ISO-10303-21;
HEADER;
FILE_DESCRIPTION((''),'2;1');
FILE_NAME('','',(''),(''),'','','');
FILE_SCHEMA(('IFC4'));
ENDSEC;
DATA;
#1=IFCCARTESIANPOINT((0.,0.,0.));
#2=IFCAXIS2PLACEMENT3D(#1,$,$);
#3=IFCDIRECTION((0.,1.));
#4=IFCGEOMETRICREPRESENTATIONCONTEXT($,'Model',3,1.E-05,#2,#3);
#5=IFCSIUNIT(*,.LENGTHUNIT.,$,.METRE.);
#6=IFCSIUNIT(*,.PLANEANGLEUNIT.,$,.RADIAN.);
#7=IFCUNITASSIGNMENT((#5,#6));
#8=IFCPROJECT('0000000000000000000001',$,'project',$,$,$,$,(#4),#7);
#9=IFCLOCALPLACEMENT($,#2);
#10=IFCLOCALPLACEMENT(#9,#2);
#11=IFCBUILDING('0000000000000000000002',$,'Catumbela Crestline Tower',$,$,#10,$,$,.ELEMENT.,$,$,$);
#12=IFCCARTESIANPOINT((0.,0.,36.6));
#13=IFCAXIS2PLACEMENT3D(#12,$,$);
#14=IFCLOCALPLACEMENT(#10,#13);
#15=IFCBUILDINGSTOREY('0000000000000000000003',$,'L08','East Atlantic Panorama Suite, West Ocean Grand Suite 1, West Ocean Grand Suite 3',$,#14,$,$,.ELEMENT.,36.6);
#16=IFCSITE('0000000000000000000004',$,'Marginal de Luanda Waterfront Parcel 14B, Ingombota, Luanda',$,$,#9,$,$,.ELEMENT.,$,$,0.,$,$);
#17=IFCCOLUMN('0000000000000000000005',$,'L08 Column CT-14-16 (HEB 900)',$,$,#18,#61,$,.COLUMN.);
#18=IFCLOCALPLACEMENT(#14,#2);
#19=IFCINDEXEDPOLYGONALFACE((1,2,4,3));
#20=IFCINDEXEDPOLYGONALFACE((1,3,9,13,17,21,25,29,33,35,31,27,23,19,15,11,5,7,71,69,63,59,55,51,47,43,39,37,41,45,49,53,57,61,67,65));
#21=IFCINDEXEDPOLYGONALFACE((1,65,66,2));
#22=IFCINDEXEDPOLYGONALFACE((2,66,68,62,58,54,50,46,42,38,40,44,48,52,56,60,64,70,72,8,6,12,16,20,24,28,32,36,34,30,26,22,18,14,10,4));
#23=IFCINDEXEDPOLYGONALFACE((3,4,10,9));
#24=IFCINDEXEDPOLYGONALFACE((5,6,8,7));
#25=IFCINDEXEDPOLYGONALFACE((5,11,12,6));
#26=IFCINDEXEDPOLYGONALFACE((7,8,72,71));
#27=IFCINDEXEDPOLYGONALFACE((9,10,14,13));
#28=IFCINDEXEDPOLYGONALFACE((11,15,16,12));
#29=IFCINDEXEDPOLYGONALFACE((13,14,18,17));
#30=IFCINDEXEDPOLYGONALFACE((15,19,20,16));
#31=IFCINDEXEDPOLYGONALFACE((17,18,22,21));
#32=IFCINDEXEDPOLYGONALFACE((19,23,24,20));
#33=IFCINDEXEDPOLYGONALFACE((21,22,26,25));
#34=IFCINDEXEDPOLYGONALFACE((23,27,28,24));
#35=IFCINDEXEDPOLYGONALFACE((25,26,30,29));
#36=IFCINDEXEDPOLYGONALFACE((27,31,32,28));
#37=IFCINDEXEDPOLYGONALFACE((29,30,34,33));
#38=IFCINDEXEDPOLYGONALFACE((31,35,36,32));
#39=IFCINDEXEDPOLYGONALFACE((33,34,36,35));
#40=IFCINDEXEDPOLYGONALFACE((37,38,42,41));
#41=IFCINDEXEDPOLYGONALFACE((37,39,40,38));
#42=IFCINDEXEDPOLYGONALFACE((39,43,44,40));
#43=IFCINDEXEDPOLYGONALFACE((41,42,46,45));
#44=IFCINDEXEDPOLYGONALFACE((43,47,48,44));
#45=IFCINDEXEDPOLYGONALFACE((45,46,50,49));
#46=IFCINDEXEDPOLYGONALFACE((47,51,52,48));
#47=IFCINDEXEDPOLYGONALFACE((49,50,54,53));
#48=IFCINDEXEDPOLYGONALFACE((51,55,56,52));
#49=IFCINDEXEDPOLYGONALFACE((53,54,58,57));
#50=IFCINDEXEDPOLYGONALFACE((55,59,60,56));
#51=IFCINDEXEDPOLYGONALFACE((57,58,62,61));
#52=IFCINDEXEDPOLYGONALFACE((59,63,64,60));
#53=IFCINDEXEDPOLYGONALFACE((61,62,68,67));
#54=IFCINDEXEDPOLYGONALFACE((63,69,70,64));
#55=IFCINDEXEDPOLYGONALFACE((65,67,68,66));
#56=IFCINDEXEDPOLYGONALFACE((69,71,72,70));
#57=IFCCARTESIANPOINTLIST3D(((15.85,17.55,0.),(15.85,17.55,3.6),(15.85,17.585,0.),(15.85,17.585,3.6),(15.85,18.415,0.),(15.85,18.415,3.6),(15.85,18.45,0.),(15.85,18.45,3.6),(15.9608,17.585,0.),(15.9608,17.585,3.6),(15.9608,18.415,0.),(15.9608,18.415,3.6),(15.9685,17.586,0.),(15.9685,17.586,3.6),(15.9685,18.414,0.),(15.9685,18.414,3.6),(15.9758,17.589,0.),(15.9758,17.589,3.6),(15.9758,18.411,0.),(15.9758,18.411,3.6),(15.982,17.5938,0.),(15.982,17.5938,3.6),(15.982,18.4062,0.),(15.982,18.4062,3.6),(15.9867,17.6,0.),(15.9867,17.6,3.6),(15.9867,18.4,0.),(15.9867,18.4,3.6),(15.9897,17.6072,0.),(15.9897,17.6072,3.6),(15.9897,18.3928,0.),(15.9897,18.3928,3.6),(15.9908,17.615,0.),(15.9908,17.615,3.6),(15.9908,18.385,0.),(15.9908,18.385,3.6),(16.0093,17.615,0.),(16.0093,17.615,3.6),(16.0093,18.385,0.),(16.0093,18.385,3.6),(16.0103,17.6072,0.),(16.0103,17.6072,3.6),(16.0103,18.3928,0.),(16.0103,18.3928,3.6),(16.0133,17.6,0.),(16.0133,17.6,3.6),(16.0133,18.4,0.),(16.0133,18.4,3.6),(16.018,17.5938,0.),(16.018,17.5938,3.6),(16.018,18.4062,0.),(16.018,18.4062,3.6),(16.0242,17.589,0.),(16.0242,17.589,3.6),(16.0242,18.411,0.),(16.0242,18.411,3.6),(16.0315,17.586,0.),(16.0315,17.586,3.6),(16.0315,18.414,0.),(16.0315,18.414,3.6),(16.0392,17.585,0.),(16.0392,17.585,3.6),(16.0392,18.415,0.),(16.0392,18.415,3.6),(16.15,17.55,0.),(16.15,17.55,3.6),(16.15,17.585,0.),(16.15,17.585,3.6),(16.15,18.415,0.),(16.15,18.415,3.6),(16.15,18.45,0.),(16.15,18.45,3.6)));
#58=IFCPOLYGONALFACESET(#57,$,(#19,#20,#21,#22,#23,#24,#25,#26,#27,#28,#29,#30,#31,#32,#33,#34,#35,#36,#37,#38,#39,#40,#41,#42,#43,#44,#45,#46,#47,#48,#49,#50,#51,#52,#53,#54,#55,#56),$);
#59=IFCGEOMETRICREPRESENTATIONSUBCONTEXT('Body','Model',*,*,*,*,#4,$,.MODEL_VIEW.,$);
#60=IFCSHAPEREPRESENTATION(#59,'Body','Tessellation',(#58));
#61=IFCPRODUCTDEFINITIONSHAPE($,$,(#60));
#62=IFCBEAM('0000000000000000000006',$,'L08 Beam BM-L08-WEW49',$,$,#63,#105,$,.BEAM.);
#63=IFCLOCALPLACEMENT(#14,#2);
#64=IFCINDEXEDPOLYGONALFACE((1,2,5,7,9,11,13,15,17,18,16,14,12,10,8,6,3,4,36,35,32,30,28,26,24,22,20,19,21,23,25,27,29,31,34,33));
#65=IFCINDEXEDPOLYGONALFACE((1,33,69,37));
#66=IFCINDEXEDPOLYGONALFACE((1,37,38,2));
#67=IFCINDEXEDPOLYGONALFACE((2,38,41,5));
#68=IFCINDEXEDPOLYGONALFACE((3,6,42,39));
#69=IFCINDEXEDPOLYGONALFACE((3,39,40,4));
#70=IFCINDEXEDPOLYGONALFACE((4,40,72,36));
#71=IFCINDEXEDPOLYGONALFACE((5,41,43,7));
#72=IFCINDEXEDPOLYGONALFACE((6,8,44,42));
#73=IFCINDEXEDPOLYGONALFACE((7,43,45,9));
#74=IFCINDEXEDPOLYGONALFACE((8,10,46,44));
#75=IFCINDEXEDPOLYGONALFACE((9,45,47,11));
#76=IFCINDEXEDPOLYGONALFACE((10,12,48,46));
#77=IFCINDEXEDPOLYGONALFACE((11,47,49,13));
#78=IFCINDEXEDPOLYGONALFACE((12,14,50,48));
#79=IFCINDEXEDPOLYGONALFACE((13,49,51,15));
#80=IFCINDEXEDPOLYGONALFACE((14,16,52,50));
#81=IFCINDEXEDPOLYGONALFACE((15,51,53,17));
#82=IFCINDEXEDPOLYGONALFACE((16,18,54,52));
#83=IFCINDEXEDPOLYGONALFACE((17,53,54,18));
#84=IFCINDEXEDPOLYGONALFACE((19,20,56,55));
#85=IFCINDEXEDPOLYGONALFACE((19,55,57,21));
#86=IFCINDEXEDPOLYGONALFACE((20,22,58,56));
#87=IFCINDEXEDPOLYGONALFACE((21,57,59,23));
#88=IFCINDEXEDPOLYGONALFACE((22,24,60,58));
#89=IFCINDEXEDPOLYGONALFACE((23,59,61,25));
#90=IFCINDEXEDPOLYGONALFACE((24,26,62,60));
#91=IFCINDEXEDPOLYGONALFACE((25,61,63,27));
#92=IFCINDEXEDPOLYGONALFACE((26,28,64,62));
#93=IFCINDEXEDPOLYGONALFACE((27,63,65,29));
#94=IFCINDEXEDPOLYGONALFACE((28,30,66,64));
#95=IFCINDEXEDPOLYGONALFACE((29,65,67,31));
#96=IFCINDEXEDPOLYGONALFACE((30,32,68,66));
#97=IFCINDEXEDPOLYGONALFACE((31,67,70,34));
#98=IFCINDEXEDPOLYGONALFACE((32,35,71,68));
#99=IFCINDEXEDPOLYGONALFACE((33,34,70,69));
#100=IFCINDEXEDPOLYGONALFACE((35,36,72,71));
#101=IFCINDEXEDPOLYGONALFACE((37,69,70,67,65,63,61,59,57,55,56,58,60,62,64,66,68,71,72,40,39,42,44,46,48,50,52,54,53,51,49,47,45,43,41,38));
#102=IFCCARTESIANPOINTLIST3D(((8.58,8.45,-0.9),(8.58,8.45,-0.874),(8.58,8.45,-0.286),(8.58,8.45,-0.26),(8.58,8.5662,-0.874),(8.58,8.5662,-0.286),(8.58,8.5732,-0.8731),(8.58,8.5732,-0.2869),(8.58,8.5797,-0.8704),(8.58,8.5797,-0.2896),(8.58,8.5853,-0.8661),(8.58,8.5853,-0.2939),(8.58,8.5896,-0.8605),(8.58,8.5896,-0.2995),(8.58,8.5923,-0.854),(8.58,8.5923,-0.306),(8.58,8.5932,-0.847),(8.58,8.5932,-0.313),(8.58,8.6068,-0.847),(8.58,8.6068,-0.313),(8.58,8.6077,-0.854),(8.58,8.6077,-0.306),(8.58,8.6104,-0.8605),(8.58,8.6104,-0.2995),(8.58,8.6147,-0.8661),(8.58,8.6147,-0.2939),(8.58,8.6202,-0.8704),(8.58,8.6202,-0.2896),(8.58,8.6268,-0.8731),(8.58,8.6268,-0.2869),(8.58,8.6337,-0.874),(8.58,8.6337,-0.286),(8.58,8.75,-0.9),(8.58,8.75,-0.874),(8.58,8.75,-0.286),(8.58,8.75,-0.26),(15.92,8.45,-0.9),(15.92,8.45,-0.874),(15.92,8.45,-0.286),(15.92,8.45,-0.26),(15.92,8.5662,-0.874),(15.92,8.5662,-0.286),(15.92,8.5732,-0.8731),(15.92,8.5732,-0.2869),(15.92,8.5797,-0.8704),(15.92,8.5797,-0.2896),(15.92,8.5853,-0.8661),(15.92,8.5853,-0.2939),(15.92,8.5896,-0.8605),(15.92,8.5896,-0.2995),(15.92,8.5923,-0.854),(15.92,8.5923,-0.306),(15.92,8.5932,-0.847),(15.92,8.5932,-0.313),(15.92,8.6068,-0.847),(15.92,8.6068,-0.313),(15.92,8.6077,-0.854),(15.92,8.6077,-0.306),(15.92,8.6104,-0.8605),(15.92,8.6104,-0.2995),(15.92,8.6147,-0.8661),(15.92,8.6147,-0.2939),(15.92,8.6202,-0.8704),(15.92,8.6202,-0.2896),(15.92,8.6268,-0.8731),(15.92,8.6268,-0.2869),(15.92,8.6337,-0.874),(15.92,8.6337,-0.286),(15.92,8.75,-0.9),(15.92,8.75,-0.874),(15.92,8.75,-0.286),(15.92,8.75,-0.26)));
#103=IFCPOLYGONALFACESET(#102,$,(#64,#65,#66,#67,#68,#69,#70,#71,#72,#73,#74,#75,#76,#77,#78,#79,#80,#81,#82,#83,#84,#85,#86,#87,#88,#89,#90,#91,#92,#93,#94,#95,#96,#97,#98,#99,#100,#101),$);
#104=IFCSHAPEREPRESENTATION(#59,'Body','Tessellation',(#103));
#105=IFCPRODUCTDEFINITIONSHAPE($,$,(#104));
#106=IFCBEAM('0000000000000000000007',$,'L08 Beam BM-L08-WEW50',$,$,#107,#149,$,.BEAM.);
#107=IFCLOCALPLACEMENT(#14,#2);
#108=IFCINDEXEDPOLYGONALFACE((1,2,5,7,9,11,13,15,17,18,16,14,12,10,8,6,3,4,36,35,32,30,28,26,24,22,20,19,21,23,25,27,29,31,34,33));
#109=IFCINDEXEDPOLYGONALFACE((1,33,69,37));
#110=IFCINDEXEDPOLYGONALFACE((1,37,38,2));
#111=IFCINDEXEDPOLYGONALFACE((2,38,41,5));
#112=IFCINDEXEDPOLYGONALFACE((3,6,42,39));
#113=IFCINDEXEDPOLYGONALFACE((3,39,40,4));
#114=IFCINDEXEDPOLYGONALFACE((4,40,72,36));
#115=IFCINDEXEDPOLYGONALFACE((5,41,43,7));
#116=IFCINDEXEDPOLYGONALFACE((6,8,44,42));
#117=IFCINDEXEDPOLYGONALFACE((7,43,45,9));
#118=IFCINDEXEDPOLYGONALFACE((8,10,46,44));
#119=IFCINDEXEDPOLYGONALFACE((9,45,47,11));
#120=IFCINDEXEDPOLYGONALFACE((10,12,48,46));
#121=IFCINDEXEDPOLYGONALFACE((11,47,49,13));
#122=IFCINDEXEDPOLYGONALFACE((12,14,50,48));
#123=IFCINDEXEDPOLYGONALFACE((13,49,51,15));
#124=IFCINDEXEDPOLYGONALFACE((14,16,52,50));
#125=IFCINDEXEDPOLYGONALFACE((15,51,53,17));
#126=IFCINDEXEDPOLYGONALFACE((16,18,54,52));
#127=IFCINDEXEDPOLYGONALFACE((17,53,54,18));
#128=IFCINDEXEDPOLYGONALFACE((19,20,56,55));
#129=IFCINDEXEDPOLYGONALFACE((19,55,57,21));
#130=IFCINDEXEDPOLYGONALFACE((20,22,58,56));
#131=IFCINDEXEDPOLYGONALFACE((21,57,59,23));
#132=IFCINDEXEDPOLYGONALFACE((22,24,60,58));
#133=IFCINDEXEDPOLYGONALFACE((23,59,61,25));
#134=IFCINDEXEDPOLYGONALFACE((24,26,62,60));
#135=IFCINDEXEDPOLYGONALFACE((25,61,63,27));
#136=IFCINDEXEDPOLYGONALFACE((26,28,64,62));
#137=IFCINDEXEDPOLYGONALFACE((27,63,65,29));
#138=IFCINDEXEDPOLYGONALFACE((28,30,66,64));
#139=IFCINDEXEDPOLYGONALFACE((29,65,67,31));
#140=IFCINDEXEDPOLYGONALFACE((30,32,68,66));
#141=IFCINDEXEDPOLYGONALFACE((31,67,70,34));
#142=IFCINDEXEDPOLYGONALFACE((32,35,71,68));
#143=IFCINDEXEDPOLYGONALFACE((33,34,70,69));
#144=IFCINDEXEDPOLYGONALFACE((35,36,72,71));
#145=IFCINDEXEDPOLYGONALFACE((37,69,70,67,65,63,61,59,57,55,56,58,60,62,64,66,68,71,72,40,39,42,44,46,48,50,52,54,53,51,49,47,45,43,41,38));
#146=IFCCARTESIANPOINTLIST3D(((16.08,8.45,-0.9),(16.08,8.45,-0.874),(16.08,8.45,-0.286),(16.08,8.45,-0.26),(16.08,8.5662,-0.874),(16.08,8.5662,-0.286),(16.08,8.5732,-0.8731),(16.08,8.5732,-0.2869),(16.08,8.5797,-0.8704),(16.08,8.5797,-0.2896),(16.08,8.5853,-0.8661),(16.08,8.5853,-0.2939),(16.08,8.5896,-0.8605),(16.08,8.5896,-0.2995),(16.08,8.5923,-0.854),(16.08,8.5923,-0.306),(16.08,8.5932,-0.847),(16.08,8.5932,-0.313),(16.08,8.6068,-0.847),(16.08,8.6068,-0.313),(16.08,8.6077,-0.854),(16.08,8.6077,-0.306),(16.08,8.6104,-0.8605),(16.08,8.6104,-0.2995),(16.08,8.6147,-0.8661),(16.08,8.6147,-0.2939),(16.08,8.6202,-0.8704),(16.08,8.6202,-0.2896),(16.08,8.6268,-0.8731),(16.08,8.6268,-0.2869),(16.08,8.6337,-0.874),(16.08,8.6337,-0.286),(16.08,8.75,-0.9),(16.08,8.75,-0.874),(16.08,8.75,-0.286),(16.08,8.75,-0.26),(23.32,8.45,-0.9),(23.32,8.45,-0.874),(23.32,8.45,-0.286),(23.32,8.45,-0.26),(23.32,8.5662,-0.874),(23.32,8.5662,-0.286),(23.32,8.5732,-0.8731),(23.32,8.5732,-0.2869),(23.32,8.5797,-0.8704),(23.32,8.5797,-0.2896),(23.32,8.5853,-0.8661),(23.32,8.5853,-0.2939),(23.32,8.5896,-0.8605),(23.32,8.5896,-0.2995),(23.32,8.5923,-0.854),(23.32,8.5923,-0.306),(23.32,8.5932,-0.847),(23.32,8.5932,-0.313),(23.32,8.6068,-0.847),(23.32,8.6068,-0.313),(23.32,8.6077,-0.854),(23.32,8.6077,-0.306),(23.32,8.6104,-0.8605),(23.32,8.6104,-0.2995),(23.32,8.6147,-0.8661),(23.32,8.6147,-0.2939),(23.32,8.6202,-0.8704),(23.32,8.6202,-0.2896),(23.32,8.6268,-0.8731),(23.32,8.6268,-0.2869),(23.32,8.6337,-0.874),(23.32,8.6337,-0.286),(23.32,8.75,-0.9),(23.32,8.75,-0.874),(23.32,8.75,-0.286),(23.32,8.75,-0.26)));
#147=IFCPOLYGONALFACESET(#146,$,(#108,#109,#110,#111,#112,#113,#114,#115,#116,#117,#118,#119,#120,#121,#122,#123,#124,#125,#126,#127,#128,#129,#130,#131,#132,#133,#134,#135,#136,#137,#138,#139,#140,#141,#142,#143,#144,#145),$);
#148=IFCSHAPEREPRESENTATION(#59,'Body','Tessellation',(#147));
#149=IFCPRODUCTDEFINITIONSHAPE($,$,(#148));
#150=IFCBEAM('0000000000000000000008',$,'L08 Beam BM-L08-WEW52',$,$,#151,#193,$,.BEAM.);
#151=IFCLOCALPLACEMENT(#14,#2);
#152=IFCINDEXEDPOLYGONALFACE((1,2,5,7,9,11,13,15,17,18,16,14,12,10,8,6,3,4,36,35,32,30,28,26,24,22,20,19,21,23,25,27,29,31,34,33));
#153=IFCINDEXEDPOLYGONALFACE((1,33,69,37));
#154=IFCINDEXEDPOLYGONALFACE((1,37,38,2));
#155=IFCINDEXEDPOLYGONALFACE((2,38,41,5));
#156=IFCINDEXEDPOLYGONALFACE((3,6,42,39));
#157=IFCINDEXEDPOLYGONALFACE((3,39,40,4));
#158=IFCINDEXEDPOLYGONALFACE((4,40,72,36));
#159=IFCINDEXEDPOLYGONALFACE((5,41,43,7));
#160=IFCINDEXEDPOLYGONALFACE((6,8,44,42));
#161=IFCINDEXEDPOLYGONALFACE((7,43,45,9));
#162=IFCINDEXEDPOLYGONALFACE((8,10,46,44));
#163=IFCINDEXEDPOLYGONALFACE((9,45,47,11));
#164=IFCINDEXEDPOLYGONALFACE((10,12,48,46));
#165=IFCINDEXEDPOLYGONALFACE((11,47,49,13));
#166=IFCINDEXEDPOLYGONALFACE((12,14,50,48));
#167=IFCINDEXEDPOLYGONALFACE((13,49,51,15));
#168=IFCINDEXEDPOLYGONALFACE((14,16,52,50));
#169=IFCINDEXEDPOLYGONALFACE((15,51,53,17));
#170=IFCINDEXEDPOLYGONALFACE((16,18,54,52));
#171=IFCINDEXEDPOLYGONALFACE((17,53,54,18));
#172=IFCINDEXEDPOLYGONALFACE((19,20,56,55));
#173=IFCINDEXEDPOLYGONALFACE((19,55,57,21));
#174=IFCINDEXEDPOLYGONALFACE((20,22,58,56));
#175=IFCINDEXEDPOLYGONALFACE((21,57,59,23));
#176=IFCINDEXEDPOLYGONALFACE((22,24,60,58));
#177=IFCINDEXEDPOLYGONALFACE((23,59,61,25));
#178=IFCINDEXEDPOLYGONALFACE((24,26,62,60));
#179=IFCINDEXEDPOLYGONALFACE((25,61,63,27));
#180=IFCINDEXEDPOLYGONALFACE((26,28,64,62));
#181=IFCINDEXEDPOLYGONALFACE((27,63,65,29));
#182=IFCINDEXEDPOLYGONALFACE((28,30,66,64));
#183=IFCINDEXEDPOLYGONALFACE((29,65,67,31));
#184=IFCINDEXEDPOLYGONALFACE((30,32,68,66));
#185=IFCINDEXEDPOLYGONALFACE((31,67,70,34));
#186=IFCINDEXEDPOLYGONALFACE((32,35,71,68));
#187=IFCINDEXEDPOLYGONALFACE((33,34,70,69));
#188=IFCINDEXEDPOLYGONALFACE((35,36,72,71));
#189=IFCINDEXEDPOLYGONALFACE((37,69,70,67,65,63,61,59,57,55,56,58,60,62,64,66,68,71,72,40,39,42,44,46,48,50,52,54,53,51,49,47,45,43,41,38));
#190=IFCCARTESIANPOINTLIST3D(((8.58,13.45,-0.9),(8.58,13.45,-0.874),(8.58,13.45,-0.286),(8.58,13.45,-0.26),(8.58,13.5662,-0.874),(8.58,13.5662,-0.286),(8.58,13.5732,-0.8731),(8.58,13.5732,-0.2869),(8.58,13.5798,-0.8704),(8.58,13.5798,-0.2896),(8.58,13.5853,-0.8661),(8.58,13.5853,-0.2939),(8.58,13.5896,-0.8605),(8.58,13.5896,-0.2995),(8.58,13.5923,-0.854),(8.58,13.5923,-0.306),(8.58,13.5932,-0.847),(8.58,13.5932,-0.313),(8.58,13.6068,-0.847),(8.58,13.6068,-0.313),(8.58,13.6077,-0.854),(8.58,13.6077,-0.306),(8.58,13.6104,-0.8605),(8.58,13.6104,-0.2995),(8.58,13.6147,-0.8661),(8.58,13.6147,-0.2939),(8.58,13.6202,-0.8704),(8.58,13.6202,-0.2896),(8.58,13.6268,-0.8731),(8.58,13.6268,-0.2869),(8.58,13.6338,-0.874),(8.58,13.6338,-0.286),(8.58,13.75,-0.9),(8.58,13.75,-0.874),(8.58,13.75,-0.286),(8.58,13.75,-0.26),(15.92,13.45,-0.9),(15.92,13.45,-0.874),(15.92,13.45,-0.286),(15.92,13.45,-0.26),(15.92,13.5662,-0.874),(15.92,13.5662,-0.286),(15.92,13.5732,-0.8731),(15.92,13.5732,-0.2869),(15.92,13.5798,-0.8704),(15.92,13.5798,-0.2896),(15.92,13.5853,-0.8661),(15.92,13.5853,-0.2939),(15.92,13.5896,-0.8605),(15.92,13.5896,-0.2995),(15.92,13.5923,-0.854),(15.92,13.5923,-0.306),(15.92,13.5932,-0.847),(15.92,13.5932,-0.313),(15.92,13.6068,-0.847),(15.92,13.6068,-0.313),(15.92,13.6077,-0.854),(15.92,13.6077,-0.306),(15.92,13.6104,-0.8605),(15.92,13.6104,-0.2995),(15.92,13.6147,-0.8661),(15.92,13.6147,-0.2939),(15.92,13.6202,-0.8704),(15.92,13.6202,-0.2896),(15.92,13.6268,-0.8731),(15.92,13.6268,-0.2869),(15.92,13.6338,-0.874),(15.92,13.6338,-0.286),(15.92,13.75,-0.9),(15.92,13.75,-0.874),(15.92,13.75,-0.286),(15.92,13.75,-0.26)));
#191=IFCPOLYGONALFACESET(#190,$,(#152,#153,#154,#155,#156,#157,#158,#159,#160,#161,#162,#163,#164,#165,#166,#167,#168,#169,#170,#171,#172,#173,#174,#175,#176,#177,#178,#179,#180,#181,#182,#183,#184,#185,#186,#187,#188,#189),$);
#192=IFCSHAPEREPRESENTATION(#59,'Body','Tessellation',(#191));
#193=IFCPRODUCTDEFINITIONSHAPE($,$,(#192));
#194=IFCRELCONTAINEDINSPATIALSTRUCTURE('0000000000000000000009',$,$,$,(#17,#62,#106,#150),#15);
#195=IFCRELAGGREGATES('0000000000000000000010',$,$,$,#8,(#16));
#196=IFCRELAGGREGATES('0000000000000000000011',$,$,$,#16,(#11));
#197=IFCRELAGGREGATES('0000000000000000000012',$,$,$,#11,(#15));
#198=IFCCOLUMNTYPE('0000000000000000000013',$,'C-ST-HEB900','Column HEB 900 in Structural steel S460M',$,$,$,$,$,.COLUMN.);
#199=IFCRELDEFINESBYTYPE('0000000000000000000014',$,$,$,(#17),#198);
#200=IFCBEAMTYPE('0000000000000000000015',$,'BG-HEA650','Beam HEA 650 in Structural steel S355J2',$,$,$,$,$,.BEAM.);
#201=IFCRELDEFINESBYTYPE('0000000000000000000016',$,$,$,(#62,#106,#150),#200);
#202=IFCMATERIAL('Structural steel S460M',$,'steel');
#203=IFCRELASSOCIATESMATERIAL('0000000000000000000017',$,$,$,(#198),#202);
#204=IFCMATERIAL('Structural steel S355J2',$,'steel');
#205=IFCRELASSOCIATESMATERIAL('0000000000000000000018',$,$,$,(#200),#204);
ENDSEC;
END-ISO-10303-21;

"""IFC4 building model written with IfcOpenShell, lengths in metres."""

from ifc_helpers import new_model, si_unit, direction, frame, origin, origin_2d, place, context, subcontext, project, spatial, i_section, extrude, material, material_profile, profile_set, type_object, element, save


model = new_model("IFC4")

# Units and contexts
model_context = context("Model", 3, precision=1e-05, world=origin(), true_north=direction((0.0, 1.0)))
body_context = subcontext(model_context, "Body", "Model", "MODEL_VIEW")
ifc_project = project(units=[si_unit("LENGTHUNIT", "METRE"), si_unit("PLANEANGLEUNIT", "RADIAN")], contexts=[model_context])

# Site, building, storey
site_placement = place(None, origin())
site = spatial("IfcSite", under=ifc_project, at=site_placement, Name="Marginal de Luanda Waterfront Parcel 14B, Ingombota, Luanda", CompositionType="ELEMENT", RefElevation=0.0)
building_placement = place(site_placement, origin())
building = spatial("IfcBuilding", under=site, at=building_placement, Name="Catumbela Crestline Tower", CompositionType="ELEMENT")
storey_placement = place(building_placement, frame((0.0, 0.0, 36.6)))
storey = spatial("IfcBuildingStorey", under=building, at=storey_placement, Name="L08", Description="East Atlantic Panorama Suite, West Ocean Grand Suite 1, West Ocean Grand Suite 3", CompositionType="ELEMENT", Elevation=36.6)

# Column
ifc_material_1 = material(Name="Structural steel S460M", Category="steel")
ifc_material_profile_1 = material_profile(ifc_material_1, i_section(OverallWidth=0.3, OverallDepth=0.9, WebThickness=0.0185, FlangeThickness=0.035, FilletRadius=0.03, at=origin_2d()), Name="HEB 900")
ifc_profile_set_1 = profile_set([ifc_material_profile_1], Name="Structural steel S460M")
column_type = type_object("IfcColumnType", Name="C-ST-HEB900", Description="Column HEB 900 in Structural steel S460M", PredefinedType="COLUMN", material=ifc_profile_set_1)
for number, where, z_axis, x_axis, name in (
    (1, (16.0, 18.0, 0.0), (0.0, 0.0, 1.0), (1.0, 0.0, 0.0), "L08 Column CT-14-16 (HEB 900)"),
):
    element("IfcColumn", number, at=place(storey_placement, frame(where, z_axis=z_axis, x_axis=x_axis)), inside=storey, type_object=column_type, Name=name, PredefinedType="COLUMN", context=body_context, shape_type="SweptSolid", body=[
        extrude(i_section(OverallWidth=0.3, OverallDepth=0.9, WebThickness=0.0185, FlangeThickness=0.035, FilletRadius=0.03, at=origin_2d()), origin(), (0.0, 0.0, 1.0), 3.6),
    ])

# Beams
ifc_material_2 = material(Name="Structural steel S355J2", Category="steel")
ifc_material_profile_2 = material_profile(ifc_material_2, i_section(OverallWidth=0.3, OverallDepth=0.64, WebThickness=0.0135, FlangeThickness=0.026, FilletRadius=0.027, at=origin_2d()), Name="HEA 650")
ifc_profile_set_2 = profile_set([ifc_material_profile_2], Name="Structural steel S355J2")
beam_type_1 = type_object("IfcBeamType", Name="BG-HEA650", Description="Beam HEA 650 in Structural steel S355J2", PredefinedType="BEAM", material=ifc_profile_set_2)
beam_1_placement = place(storey_placement, frame((8.58, 8.6, -0.58), z_axis=(1.0, 0.0, 0.0), x_axis=(0.0, 1.0, 0.0)))
element("IfcBeam", 2, at=beam_1_placement, inside=storey, type_object=beam_type_1, Name="L08 Beam BM-L08-WEW49", PredefinedType="BEAM", context=body_context, shape_type="SweptSolid", body=[
    extrude(i_section(OverallWidth=0.3, OverallDepth=0.64, WebThickness=0.0135, FlangeThickness=0.026, FilletRadius=0.027, at=origin_2d()), origin(), (0.0, 0.0, 1.0), 7.34),
])
beam_2_placement = place(storey_placement, frame((16.08, 8.6, -0.58), z_axis=(1.0, 0.0, 0.0), x_axis=(0.0, 1.0, 0.0)))
element("IfcBeam", 3, at=beam_2_placement, inside=storey, type_object=beam_type_1, Name="L08 Beam BM-L08-WEW50", PredefinedType="BEAM", context=body_context, shape_type="SweptSolid", body=[
    extrude(i_section(OverallWidth=0.3, OverallDepth=0.64, WebThickness=0.0135, FlangeThickness=0.026, FilletRadius=0.027, at=origin_2d()), origin(), (0.0, 0.0, 1.0), 7.24),
])
beam_3_placement = place(storey_placement, frame((8.58, 13.6, -0.58), z_axis=(1.0, 0.0, 0.0), x_axis=(0.0, 1.0, 0.0)))
element("IfcBeam", 4, at=beam_3_placement, inside=storey, type_object=beam_type_1, Name="L08 Beam BM-L08-WEW52", PredefinedType="BEAM", context=body_context, shape_type="SweptSolid", body=[
    extrude(i_section(OverallWidth=0.3, OverallDepth=0.64, WebThickness=0.0135, FlangeThickness=0.026, FilletRadius=0.027, at=origin_2d()), origin(), (0.0, 0.0, 1.0), 7.34),
])

save(model, "model.ifc")
